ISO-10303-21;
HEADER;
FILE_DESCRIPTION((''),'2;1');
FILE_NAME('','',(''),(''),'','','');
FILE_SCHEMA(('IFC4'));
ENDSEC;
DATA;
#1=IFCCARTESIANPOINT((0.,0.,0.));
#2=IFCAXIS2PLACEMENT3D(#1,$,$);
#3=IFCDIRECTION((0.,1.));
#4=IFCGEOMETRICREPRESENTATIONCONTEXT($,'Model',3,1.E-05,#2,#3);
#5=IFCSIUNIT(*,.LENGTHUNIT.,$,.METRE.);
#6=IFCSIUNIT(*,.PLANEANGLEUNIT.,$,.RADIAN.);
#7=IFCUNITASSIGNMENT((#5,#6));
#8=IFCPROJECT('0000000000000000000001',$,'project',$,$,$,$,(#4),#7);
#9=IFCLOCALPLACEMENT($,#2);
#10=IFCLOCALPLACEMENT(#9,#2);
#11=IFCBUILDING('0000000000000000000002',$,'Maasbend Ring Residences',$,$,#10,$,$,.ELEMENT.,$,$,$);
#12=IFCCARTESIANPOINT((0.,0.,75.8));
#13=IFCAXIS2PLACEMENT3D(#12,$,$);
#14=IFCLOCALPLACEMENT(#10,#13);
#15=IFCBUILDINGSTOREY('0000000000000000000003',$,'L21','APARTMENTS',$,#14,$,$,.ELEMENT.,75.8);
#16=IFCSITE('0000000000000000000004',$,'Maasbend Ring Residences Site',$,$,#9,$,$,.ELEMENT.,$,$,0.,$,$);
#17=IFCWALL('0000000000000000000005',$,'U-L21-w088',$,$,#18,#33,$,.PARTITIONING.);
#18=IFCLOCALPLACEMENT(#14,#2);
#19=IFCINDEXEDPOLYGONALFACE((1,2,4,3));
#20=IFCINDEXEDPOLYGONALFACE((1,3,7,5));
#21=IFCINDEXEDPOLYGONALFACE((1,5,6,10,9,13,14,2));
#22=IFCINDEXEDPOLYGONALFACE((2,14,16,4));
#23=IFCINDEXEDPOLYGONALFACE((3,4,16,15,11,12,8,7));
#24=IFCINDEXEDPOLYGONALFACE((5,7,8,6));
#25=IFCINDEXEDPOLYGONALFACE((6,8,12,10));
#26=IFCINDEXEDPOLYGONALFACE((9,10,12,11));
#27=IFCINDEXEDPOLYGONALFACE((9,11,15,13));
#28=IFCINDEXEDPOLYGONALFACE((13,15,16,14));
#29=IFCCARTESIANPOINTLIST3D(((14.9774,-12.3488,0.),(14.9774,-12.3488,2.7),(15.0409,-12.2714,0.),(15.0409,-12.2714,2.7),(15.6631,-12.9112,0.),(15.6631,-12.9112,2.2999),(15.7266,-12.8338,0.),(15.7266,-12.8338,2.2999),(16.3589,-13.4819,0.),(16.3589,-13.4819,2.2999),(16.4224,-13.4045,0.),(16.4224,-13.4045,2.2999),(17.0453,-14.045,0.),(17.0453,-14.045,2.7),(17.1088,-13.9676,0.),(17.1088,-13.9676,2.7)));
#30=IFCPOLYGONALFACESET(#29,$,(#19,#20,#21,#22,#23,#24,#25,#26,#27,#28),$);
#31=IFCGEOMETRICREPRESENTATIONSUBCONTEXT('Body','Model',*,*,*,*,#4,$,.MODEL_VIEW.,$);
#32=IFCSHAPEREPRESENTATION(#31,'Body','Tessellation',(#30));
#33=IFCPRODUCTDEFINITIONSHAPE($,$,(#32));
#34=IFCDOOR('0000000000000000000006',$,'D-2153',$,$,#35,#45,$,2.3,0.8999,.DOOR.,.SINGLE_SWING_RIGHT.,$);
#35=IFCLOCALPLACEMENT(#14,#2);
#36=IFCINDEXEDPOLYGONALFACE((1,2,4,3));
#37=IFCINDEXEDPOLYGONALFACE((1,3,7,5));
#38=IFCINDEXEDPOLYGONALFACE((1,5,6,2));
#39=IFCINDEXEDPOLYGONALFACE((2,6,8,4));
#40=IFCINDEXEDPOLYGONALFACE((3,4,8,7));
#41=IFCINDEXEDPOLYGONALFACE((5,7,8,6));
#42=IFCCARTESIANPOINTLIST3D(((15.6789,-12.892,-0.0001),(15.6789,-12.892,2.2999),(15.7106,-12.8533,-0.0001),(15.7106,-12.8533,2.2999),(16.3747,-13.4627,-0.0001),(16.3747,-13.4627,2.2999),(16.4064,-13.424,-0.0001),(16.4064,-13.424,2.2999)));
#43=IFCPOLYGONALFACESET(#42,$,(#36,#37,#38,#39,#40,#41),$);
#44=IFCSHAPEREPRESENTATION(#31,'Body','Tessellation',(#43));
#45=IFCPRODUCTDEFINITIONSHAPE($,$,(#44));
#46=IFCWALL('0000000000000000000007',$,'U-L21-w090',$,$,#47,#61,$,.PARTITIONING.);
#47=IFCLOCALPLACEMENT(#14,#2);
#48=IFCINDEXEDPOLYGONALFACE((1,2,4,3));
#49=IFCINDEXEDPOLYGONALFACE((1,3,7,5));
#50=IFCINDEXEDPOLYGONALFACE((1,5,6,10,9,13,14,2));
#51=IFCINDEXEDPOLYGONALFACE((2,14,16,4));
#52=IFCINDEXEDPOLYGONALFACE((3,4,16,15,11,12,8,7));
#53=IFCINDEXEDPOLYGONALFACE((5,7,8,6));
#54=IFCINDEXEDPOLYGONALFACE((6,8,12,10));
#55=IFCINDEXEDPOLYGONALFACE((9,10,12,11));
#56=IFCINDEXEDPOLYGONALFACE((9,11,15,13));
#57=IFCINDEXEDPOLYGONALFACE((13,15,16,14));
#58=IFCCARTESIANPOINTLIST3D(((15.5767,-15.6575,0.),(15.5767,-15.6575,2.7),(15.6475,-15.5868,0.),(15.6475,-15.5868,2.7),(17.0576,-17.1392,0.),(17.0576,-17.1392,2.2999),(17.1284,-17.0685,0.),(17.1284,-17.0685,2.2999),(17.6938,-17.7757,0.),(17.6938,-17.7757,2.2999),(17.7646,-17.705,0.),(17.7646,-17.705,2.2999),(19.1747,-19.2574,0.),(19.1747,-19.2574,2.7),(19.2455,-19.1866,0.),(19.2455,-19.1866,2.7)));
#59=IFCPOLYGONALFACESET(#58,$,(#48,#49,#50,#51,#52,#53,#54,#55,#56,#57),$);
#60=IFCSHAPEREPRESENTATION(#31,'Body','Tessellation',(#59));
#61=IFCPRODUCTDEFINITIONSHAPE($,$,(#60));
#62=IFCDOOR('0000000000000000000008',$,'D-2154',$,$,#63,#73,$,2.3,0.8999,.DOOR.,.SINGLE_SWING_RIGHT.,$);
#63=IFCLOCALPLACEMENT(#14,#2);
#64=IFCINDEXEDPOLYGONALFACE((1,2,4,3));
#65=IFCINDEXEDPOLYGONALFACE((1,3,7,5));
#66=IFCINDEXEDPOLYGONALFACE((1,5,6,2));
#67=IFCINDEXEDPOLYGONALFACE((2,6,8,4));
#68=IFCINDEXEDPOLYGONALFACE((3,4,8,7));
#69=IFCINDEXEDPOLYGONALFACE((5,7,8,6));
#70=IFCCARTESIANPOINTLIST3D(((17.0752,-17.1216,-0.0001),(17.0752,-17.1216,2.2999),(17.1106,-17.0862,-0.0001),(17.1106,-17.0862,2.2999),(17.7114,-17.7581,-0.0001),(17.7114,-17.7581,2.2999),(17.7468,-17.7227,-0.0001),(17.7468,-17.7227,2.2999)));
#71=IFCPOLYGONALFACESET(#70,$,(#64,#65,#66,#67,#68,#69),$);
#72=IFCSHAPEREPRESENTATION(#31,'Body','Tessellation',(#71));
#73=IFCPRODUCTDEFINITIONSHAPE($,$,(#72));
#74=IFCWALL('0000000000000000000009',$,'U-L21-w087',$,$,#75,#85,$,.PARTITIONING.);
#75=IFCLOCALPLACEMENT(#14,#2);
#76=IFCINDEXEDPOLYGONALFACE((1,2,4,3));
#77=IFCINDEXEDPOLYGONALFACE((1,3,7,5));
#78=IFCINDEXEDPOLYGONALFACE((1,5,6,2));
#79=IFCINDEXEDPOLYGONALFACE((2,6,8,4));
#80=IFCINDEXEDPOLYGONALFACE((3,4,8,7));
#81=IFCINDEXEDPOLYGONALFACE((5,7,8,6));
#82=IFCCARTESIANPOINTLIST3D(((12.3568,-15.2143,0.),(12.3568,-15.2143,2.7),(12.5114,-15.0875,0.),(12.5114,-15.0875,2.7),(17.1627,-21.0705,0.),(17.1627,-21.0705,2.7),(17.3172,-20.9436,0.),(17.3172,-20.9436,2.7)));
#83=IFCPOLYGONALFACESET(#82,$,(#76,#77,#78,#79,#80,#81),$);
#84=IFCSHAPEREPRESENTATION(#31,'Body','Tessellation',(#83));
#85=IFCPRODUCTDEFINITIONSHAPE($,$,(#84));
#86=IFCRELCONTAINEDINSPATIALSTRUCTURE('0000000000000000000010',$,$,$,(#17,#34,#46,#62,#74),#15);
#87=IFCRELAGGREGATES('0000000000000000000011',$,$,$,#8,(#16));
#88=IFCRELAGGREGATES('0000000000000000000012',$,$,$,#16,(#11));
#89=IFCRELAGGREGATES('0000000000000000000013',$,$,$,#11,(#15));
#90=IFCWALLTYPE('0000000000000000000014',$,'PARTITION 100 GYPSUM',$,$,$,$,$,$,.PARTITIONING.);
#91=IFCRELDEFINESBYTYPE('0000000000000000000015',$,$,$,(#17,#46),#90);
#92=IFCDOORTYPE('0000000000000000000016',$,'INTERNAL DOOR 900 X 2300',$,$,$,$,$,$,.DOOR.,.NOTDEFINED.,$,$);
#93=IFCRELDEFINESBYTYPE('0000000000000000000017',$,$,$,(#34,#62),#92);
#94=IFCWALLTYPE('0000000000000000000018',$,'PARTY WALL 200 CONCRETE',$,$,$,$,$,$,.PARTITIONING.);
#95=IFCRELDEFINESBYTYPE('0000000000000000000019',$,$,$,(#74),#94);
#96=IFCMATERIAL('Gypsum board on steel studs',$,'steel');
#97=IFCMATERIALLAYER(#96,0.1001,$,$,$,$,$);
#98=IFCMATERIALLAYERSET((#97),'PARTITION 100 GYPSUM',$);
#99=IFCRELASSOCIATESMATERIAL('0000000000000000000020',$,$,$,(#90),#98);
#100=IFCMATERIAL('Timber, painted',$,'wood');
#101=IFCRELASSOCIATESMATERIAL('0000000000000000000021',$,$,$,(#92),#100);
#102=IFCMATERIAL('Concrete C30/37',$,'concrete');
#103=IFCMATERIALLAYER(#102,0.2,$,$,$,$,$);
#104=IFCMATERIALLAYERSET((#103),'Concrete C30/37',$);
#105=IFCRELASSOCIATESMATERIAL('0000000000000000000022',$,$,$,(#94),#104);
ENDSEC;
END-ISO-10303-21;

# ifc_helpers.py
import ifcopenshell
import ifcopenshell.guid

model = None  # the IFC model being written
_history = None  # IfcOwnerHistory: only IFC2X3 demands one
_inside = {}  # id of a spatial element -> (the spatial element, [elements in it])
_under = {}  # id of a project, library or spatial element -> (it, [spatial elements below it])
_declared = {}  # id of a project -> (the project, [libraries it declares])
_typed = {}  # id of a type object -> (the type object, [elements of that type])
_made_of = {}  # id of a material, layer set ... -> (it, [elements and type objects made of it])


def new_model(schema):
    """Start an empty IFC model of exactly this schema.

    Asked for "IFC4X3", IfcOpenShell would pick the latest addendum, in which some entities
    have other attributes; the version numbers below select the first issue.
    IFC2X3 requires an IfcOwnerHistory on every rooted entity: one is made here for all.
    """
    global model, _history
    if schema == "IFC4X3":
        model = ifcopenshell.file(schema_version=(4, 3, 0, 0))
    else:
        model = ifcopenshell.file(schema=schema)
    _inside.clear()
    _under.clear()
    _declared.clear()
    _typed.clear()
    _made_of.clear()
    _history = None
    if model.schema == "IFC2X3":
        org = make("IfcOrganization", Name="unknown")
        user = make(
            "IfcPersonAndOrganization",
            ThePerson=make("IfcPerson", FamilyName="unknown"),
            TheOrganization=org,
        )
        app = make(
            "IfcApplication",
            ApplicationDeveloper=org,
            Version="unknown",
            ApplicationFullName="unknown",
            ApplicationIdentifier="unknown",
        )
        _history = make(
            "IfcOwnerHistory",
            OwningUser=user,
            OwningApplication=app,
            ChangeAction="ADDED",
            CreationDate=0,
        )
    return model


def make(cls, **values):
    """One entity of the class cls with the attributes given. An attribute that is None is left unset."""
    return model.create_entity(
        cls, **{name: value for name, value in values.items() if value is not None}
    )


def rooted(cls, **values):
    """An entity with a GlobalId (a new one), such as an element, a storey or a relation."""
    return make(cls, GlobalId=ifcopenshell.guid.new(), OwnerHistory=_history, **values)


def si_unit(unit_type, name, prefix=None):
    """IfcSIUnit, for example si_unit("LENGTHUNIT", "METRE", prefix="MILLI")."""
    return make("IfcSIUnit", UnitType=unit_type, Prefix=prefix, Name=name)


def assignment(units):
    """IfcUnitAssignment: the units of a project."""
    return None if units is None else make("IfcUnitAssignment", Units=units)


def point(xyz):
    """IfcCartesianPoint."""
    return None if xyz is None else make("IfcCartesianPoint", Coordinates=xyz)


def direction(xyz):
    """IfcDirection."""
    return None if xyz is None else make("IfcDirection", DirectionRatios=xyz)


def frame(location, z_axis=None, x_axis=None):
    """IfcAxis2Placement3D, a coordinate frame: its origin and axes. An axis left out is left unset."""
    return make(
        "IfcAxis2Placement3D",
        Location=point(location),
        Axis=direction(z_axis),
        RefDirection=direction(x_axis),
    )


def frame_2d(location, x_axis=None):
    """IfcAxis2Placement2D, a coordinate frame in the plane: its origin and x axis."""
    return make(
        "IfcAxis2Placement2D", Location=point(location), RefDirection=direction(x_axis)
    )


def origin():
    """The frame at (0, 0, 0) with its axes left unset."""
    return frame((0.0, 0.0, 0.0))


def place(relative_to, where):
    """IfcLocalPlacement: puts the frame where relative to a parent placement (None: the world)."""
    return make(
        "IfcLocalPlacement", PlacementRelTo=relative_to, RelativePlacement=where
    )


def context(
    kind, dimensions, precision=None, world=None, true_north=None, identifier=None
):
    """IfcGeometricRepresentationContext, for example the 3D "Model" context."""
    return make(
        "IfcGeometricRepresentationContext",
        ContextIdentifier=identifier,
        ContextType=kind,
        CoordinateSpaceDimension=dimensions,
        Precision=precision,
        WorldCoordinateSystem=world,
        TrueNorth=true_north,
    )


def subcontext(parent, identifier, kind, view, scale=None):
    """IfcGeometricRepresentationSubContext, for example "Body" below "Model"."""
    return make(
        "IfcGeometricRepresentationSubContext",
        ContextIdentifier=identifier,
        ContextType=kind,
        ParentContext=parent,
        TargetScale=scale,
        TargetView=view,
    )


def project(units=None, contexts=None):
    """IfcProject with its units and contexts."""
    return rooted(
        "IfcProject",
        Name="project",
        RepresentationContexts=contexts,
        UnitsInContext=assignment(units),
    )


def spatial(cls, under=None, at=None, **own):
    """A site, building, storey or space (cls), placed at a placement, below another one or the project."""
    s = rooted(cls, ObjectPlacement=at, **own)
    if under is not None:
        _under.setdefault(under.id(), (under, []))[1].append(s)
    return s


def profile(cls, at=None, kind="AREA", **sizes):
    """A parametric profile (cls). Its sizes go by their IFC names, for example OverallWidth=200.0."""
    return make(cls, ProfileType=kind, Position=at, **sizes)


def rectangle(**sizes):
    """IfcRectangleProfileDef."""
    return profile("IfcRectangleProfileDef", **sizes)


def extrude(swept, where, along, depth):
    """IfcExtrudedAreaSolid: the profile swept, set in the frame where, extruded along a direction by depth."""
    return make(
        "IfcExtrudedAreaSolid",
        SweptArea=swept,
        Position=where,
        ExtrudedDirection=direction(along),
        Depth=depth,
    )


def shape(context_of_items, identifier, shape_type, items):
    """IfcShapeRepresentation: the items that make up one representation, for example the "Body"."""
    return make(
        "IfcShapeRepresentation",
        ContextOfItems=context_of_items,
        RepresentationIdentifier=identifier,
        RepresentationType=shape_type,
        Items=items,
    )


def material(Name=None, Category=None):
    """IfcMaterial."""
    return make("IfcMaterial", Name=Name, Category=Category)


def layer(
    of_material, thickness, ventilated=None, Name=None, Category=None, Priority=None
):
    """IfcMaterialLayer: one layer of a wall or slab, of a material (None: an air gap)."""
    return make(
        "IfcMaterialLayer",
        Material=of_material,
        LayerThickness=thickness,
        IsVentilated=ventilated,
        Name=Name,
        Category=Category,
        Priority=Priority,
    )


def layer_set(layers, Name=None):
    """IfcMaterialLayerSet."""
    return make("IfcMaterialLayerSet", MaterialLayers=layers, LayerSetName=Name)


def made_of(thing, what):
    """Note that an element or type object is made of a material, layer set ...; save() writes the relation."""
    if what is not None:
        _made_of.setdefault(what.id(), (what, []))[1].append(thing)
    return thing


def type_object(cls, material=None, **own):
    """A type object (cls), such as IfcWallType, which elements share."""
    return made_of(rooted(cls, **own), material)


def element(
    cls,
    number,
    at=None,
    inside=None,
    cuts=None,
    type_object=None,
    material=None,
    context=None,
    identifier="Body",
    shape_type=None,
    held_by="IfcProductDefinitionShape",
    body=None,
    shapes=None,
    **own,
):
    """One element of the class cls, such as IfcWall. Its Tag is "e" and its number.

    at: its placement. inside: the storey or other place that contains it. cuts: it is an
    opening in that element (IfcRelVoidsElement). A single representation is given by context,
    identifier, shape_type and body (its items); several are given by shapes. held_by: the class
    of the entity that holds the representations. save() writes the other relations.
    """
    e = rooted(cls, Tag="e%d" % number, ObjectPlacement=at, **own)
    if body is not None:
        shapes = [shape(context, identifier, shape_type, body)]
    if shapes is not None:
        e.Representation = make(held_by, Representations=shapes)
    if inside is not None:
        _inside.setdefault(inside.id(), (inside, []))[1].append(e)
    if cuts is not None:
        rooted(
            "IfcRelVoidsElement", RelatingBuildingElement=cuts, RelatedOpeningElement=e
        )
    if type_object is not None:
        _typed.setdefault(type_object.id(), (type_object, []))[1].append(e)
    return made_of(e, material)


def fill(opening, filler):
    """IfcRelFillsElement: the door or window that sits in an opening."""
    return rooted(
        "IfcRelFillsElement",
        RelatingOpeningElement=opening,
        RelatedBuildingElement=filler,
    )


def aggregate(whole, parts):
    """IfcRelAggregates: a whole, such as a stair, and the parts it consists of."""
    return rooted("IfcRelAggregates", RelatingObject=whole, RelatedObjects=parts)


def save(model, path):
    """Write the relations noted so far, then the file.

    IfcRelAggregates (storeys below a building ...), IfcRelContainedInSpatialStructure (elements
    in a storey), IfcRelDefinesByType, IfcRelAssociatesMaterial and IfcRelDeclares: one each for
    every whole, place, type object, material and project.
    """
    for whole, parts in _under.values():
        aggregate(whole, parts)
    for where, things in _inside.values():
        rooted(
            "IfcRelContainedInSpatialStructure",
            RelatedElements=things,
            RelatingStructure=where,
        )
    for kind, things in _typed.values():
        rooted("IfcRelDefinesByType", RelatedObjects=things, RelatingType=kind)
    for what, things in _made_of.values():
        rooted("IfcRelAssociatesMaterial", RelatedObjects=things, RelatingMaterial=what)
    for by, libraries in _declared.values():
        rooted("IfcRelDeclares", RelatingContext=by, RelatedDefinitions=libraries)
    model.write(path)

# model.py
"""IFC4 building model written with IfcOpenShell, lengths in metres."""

from ifc_helpers import new_model, si_unit, direction, frame, frame_2d, origin, place, context, subcontext, project, spatial, rectangle, extrude, material, layer, layer_set, type_object, element, fill, save


model = new_model("IFC4")

# Units and contexts
model_context = context("Model", 3, precision=1e-05, world=origin(), true_north=direction((0.0, 1.0)))
body_context = subcontext(model_context, "Body", "Model", "MODEL_VIEW")
ifc_project = project(units=[si_unit("LENGTHUNIT", "METRE"), si_unit("PLANEANGLEUNIT", "RADIAN")], contexts=[model_context])

# Site, building, storey
site_placement = place(None, origin())
site = spatial("IfcSite", under=ifc_project, at=site_placement, Name="Maasbend Ring Residences Site", CompositionType="ELEMENT", RefElevation=0.0)
building_placement = place(site_placement, origin())
building = spatial("IfcBuilding", under=site, at=building_placement, Name="Maasbend Ring Residences", CompositionType="ELEMENT")
storey_placement = place(building_placement, frame((0.0, 0.0, 75.8)))
storey = spatial("IfcBuildingStorey", under=building, at=storey_placement, Name="L21", Description="APARTMENTS", CompositionType="ELEMENT", Elevation=75.8)

# Shared definitions
ifc_material_1 = material(Name="Gypsum board on steel studs", Category="steel")
ifc_layer_1 = layer(ifc_material_1, 0.1001)
ifc_layer_set_1 = layer_set([ifc_layer_1], Name="PARTITION 100 GYPSUM")
wall_type_1 = type_object("IfcWallType", Name="PARTITION 100 GYPSUM", PredefinedType="PARTITIONING", material=ifc_layer_set_1)

# Walls, openings, doors
wall_1_placement = place(storey_placement, frame((15.009, -12.3101, 0.0), z_axis=(0.0, 0.0, 1.0), x_axis=(0.773196, -0.634167, 0.0)))
wall_1 = element("IfcWall", 1, at=wall_1_placement, inside=storey, type_object=wall_type_1, Name="U-L21-w088", PredefinedType="PARTITIONING", context=body_context, shape_type="SweptSolid", body=[
    extrude(rectangle(XDim=2.6746, YDim=0.1001, at=frame_2d((1.3374, 0.0))), origin(), (0.0, 0.0, 1.0), 2.7),
])
opening_1_placement = place(wall_1_placement, frame((0.887, 0.0, 0.0)))
opening_1 = element("IfcOpeningElement", 2, at=opening_1_placement, cuts=wall_1, PredefinedType="OPENING", context=body_context, shape_type="SweptSolid", body=[
    extrude(rectangle(XDim=0.8999, YDim=2.3, at=frame_2d((0.45, 1.1499))), frame((0.0, 0.0601, 0.0), z_axis=(0.0, -1.0, 0.0), x_axis=(1.0, 0.0, 0.0)), (0.0, 0.0, 1.0), 0.1201),
])
ifc_material_2 = material(Name="Timber, painted", Category="wood")
door_type_1 = type_object("IfcDoorType", Name="INTERNAL DOOR 900 X 2300", OperationType="NOTDEFINED", PredefinedType="DOOR", material=ifc_material_2)
door_1_placement = place(opening_1_placement, origin())
door_1 = element("IfcDoor", 3, at=door_1_placement, inside=storey, type_object=door_type_1, Name="D-2153", OperationType="SINGLE_SWING_RIGHT", OverallHeight=2.3, OverallWidth=0.8999, PredefinedType="DOOR", context=body_context, shape_type="SweptSolid", body=[
    extrude(rectangle(XDim=0.8999, YDim=2.3, at=frame_2d((0.45, 1.1499))), frame((0.0, 0.0249, 0.0), z_axis=(0.0, -1.0, 0.0), x_axis=(1.0, 0.0, 0.0)), (0.0, 0.0, 1.0), 0.05),
])
fill(opening_1, door_1)
wall_2_placement = place(storey_placement, frame((15.6121, -15.6221, 0.0), z_axis=(0.0, 0.0, 1.0), x_axis=(0.706915, -0.707299, 0.0)))
wall_2 = element("IfcWall", 4, at=wall_2_placement, inside=storey, type_object=wall_type_1, Name="U-L21-w090", PredefinedType="PARTITIONING", context=body_context, shape_type="SweptSolid", body=[
    extrude(rectangle(XDim=5.0896, YDim=0.1001, at=frame_2d((2.5449, 0.0))), origin(), (0.0, 0.0, 1.0), 2.7),
])
opening_2_placement = place(wall_2_placement, frame((2.095, 0.0, 0.0)))
opening_2 = element("IfcOpeningElement", 5, at=opening_2_placement, cuts=wall_2, PredefinedType="OPENING", context=body_context, shape_type="SweptSolid", body=[
    extrude(rectangle(XDim=0.8999, YDim=2.3, at=frame_2d((0.45, 1.1499))), frame((0.0, 0.0601, 0.0), z_axis=(0.0, -1.0, 0.0), x_axis=(1.0, 0.0, 0.0)), (0.0, 0.0, 1.0), 0.1201),
])
door_2_placement = place(opening_2_placement, origin())
door_2 = element("IfcDoor", 6, at=door_2_placement, inside=storey, type_object=door_type_1, Name="D-2154", OperationType="SINGLE_SWING_RIGHT", OverallHeight=2.3, OverallWidth=0.8999, PredefinedType="DOOR", context=body_context, shape_type="SweptSolid", body=[
    extrude(rectangle(XDim=0.8999, YDim=2.3, at=frame_2d((0.45, 1.1499))), frame((0.0, 0.0249, 0.0), z_axis=(0.0, -1.0, 0.0), x_axis=(1.0, 0.0, 0.0)), (0.0, 0.0, 1.0), 0.05),
])
fill(opening_2, door_2)

# Wall
ifc_material_3 = material(Name="Concrete C30/37", Category="concrete")
ifc_layer_2 = layer(ifc_material_3, 0.2)
ifc_layer_set_2 = layer_set([ifc_layer_2], Name="Concrete C30/37")
wall_type_2 = type_object("IfcWallType", Name="PARTY WALL 200 CONCRETE", PredefinedType="PARTITIONING", material=ifc_layer_set_2)
wall_3_placement = place(storey_placement, frame((12.4341, -15.1509, 0.0), z_axis=(0.0, 0.0, 1.0), x_axis=(0.634381, -0.77302, 0.0)))
element("IfcWall", 7, at=wall_3_placement, inside=storey, type_object=wall_type_2, Name="U-L21-w087", PredefinedType="PARTITIONING", context=body_context, shape_type="SweptSolid", body=[
    extrude(rectangle(XDim=7.5757, YDim=0.2, at=frame_2d((3.7878, 0.0))), origin(), (0.0, 0.0, 1.0), 2.7),
])

save(model, "model.ifc")
